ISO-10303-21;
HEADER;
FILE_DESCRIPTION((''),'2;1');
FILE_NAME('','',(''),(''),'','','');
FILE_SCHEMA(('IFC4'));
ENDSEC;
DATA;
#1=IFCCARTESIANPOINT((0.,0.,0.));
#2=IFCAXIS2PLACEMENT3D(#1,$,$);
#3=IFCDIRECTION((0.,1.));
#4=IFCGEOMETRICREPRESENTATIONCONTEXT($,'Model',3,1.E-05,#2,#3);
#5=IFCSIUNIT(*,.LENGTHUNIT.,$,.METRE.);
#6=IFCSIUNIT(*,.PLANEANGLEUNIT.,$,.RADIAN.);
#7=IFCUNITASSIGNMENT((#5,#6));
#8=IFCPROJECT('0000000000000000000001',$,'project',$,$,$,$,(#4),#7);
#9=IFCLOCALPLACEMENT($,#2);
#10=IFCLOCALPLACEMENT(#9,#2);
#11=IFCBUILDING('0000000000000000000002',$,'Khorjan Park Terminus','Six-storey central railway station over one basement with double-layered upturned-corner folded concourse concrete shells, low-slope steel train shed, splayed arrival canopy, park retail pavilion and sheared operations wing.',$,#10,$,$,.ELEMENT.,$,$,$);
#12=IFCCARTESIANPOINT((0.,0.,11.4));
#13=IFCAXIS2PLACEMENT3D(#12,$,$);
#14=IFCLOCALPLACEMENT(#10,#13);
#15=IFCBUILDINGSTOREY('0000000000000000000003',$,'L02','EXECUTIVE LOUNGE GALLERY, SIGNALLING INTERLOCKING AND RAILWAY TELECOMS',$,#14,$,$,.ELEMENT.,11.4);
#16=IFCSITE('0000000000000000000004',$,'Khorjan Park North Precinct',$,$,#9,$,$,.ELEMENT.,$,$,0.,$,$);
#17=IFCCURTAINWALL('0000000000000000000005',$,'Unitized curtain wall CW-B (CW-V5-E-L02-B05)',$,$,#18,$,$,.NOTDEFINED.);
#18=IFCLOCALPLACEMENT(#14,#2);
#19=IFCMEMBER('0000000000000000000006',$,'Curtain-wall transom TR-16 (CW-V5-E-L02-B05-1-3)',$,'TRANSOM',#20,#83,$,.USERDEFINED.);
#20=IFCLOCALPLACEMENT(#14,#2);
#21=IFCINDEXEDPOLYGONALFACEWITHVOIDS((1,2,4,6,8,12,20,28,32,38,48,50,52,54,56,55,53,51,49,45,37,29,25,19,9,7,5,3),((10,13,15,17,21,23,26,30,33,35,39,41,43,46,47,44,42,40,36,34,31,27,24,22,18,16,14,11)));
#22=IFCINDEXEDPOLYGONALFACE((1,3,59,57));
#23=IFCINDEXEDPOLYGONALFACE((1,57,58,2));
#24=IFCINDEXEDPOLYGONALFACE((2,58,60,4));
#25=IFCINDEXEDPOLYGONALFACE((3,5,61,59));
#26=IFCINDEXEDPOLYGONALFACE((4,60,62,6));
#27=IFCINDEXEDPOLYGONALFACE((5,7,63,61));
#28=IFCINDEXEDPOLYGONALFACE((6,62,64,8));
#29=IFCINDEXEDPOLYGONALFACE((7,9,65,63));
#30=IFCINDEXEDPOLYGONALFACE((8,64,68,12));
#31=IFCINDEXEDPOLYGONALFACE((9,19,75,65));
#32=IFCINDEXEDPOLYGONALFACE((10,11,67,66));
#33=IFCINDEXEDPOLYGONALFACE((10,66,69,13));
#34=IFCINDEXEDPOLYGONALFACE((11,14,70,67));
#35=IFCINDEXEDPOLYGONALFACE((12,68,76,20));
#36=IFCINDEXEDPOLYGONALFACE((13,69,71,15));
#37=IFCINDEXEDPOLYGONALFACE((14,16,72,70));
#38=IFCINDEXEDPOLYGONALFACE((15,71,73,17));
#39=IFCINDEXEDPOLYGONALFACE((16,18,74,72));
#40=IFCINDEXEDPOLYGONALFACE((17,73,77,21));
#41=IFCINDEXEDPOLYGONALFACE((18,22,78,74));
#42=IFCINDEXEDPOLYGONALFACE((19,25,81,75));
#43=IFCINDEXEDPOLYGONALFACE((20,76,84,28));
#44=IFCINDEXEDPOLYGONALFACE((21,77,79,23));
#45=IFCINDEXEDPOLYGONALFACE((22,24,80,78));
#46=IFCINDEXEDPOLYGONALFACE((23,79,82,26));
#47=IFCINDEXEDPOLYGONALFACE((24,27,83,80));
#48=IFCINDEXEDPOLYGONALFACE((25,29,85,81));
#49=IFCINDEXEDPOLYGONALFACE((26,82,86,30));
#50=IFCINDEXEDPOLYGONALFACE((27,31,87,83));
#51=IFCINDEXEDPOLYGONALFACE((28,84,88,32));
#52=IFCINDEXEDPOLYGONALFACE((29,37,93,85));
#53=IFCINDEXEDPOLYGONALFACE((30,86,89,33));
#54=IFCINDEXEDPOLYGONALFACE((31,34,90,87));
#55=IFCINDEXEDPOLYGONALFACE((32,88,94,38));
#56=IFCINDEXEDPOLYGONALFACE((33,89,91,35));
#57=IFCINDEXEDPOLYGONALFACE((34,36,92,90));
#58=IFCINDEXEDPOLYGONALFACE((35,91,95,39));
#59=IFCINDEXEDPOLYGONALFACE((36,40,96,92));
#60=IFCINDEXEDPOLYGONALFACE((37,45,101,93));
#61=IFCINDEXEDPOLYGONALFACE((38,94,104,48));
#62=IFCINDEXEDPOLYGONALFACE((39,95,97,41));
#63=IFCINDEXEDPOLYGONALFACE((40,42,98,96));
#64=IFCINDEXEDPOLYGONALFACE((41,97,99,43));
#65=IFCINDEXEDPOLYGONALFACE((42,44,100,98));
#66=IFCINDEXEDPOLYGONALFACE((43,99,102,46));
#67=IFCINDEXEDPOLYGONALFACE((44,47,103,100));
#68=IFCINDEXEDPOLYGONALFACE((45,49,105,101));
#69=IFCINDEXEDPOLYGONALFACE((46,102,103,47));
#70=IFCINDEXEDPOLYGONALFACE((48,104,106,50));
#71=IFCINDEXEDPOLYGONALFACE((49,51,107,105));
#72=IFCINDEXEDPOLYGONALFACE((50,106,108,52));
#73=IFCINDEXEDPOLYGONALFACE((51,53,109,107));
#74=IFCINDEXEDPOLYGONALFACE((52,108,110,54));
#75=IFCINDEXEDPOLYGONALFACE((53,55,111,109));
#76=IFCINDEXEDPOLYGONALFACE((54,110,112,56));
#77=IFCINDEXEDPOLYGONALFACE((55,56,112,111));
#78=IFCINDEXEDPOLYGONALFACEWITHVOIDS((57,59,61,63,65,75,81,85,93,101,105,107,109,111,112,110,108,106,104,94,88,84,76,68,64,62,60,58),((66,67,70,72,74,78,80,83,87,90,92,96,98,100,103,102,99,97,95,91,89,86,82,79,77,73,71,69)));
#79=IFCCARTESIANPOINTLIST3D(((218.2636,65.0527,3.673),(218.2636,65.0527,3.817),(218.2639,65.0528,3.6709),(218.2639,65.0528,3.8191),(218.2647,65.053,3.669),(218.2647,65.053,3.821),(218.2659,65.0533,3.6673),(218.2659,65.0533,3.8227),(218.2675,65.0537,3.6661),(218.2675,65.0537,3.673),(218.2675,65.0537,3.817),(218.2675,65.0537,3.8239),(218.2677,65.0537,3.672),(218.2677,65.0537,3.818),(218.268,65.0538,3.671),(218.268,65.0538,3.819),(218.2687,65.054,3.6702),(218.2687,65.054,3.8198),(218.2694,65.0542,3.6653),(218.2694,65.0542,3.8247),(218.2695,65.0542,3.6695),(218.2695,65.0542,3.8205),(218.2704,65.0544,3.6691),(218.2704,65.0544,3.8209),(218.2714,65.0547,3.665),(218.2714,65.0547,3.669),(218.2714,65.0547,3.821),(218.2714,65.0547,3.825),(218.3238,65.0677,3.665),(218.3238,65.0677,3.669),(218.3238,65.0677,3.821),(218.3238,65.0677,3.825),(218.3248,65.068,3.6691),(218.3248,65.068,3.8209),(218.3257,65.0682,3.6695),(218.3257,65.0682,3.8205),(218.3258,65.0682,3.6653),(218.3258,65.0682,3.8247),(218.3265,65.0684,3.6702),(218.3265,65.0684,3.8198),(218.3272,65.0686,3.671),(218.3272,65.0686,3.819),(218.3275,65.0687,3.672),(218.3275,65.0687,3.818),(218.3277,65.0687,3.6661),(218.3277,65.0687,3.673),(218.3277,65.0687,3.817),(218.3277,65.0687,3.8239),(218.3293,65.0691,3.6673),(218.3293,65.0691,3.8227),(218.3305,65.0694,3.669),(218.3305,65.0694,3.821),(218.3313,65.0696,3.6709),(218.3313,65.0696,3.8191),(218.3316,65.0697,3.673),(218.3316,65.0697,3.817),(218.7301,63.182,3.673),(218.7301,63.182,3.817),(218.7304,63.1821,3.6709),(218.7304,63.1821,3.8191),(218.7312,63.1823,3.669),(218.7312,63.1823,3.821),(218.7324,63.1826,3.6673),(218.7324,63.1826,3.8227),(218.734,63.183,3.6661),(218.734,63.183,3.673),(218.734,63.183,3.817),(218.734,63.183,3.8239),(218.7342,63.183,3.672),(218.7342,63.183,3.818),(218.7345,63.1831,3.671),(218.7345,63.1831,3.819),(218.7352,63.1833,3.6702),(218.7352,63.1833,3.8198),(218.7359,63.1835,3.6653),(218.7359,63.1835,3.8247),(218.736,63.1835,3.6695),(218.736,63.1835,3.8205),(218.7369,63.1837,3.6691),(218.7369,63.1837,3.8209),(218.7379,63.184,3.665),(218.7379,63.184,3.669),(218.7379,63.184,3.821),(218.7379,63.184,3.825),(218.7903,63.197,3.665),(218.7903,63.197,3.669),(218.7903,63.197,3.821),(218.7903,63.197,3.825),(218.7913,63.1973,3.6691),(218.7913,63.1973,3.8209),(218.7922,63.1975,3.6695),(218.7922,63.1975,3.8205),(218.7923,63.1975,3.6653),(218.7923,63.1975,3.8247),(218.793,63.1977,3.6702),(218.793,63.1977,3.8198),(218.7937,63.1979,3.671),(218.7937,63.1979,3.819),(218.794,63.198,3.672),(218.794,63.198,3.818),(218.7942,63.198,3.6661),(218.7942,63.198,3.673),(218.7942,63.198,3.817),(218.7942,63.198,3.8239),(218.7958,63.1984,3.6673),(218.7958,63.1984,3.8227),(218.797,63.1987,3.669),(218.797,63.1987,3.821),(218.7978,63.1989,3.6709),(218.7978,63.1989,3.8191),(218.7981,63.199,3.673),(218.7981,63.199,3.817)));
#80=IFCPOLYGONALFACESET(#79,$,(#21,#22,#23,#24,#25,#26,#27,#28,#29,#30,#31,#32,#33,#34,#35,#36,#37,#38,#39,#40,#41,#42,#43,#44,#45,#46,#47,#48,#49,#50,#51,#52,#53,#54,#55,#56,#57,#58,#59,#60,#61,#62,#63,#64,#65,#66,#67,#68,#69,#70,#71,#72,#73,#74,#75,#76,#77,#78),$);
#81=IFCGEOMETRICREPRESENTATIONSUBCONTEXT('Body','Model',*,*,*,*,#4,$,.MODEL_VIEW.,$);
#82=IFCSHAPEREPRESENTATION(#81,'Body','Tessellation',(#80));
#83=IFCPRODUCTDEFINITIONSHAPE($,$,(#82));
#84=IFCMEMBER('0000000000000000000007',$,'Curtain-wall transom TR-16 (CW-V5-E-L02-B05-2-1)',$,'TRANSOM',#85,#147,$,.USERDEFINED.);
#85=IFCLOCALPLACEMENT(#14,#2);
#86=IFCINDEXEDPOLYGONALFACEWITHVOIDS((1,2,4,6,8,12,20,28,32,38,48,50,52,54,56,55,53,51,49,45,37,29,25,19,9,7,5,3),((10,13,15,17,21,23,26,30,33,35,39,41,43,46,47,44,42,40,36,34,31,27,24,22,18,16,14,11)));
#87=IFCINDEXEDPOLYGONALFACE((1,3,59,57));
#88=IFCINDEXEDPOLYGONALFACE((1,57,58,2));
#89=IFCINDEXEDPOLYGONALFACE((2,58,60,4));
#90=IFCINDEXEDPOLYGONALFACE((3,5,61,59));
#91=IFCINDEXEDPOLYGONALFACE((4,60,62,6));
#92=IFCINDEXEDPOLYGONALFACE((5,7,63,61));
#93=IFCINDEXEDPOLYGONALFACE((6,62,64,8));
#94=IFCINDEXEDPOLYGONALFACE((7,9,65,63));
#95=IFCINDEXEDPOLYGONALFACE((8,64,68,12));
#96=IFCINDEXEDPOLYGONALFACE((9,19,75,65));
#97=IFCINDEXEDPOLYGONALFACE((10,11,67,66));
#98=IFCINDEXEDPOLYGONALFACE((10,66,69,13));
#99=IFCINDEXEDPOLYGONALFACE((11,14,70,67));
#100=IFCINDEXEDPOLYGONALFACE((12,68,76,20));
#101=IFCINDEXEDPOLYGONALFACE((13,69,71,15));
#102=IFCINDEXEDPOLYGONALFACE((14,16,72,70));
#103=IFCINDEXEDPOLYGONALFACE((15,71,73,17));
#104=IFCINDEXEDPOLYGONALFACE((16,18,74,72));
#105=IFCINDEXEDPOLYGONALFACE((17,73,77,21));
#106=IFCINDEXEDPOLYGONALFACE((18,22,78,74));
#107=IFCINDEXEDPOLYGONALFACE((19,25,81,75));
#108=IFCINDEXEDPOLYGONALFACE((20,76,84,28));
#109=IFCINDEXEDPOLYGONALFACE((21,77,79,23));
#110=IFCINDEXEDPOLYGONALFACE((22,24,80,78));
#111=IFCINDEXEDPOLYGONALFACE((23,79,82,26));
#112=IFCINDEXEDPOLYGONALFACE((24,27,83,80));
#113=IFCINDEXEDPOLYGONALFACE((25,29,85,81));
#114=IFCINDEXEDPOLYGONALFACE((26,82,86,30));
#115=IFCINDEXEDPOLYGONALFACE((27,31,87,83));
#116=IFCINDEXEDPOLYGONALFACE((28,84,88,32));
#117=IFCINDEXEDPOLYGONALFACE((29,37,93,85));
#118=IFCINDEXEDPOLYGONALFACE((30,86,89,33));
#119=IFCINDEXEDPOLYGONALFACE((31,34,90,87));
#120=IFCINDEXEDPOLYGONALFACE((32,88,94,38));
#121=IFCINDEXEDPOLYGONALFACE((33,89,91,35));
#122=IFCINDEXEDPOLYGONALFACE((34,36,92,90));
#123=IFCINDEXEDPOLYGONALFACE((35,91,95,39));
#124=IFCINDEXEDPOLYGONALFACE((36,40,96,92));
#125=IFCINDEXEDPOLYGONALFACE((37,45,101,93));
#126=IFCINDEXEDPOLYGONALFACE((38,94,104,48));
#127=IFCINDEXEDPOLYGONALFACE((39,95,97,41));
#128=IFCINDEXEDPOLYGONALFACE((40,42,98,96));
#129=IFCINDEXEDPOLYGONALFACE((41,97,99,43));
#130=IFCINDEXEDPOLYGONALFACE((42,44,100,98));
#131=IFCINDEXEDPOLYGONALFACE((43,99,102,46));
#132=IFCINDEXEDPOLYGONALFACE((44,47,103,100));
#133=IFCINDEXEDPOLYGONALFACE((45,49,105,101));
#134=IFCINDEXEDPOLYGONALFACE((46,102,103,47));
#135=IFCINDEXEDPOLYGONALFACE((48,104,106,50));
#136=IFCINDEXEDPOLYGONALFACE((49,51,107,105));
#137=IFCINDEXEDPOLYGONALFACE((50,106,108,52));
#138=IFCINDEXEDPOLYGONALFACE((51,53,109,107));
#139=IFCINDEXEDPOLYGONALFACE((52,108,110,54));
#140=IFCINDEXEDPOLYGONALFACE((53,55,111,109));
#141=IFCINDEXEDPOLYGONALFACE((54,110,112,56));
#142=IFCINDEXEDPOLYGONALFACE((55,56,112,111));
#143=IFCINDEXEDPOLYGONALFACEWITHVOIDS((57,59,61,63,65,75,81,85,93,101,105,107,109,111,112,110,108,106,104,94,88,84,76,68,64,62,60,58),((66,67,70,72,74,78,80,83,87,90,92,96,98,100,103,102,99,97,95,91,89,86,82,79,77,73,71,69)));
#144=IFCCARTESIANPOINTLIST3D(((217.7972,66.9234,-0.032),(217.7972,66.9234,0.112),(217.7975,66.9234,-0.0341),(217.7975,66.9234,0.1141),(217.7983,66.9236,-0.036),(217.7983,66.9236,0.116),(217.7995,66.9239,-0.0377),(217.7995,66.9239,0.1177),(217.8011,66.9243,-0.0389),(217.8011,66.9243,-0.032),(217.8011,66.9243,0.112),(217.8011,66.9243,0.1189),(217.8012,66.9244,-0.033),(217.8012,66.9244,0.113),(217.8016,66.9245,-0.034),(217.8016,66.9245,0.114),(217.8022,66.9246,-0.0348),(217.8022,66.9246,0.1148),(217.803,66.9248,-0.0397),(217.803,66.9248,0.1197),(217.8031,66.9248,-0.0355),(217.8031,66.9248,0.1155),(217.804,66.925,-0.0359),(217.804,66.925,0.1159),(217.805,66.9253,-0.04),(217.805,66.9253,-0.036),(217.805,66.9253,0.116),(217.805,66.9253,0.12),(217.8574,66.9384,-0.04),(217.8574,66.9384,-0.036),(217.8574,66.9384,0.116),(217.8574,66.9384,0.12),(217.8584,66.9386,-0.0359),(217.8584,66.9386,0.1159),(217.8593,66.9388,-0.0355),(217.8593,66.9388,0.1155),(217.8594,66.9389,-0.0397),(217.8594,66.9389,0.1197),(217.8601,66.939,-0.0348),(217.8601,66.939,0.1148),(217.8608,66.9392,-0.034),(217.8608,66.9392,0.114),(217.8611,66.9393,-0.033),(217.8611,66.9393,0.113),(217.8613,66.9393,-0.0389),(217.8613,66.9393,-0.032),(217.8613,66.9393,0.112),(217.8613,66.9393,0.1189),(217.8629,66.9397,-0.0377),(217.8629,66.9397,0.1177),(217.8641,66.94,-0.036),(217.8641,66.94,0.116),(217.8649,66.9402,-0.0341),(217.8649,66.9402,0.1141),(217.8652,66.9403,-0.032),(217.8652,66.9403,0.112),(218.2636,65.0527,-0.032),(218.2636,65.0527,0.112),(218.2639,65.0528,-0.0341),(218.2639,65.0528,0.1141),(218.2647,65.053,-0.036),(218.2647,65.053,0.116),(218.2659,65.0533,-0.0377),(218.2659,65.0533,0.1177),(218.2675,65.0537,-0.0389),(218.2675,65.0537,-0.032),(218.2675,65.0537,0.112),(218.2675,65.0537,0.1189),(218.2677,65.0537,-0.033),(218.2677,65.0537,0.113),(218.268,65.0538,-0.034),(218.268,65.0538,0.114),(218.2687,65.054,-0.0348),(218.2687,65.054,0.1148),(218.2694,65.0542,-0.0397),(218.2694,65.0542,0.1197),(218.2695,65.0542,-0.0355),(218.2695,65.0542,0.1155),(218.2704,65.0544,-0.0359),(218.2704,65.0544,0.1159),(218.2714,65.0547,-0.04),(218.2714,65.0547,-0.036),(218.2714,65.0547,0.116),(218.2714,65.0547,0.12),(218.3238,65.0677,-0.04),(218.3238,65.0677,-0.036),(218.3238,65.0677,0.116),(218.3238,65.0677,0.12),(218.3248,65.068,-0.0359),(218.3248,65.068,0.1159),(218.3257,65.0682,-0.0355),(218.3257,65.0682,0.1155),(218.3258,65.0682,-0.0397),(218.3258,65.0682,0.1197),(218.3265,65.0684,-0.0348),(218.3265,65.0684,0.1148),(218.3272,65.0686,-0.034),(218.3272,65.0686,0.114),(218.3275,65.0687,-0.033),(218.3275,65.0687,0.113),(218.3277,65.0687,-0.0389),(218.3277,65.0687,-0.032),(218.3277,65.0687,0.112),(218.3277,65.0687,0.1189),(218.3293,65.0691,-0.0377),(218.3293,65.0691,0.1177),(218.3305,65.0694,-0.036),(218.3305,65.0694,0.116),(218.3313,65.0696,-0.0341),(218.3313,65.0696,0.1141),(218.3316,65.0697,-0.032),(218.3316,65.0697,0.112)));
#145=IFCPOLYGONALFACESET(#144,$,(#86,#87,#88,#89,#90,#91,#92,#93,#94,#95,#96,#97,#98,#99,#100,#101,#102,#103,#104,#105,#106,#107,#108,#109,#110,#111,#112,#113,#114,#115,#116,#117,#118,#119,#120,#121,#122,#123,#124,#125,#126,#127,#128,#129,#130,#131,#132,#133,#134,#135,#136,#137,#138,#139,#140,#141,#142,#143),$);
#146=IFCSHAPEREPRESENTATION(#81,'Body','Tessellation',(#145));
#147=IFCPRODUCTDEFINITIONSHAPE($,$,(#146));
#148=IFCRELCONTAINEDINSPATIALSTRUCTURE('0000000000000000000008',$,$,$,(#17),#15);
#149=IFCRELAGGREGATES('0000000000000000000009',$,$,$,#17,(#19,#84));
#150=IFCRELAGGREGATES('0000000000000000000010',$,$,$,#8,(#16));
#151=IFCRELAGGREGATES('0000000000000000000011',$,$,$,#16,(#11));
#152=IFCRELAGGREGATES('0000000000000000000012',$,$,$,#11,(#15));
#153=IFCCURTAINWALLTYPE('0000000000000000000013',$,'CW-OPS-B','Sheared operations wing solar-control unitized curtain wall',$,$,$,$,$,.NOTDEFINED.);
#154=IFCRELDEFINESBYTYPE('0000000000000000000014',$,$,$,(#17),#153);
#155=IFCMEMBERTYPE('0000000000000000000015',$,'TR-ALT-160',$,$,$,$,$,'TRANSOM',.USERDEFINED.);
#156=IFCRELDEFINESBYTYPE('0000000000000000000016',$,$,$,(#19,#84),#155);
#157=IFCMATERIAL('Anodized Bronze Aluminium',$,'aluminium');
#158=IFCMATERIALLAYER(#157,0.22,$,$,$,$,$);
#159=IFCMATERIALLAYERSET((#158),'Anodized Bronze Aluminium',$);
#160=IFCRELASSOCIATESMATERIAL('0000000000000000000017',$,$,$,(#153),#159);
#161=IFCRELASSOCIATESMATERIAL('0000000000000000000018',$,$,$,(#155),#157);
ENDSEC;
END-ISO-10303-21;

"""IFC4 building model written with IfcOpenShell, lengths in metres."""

from ifc_helpers import new_model, si_unit, direction, frame, origin, origin_2d, place, context, subcontext, project, spatial, hollow_rectangle, extrude, material, layer, layer_set, material_profile, profile_set, type_object, element, aggregate, save


model = new_model("IFC4")

# Units and contexts
model_context = context("Model", 3, precision=1e-05, world=origin(), true_north=direction((0.0, 1.0)))
body_context = subcontext(model_context, "Body", "Model", "MODEL_VIEW")
ifc_project = project(units=[si_unit("LENGTHUNIT", "METRE"), si_unit("PLANEANGLEUNIT", "RADIAN")], contexts=[model_context])

# Site, building, storey
site_placement = place(None, origin())
site = spatial("IfcSite", under=ifc_project, at=site_placement, Name="Khorjan Park North Precinct", CompositionType="ELEMENT", RefElevation=0.0)
building_placement = place(site_placement, origin())
building = spatial("IfcBuilding", under=site, at=building_placement, Name="Khorjan Park Terminus", Description="Six-storey central railway station over one basement with double-layered upturned-corner folded concourse concrete shells, low-slope steel train shed, splayed arrival canopy, park retail pavilion and sheared operations wing.", CompositionType="ELEMENT")
storey_placement = place(building_placement, frame((0.0, 0.0, 11.4)))
storey = spatial("IfcBuildingStorey", under=building, at=storey_placement, Name="L02", Description="EXECUTIVE LOUNGE GALLERY, SIGNALLING INTERLOCKING AND RAILWAY TELECOMS", CompositionType="ELEMENT", Elevation=11.4)

# Curtain wall, members
ifc_material_1 = material(Name="Anodized Bronze Aluminium", Category="aluminium")
ifc_layer_1 = layer(ifc_material_1, 0.22)
ifc_layer_set_1 = layer_set([ifc_layer_1], Name="Anodized Bronze Aluminium")
curtain_wall_type = type_object("IfcCurtainWallType", Name="CW-OPS-B", Description="Sheared operations wing solar-control unitized curtain wall", PredefinedType="NOTDEFINED", material=ifc_layer_set_1)
curtain_wall_placement = place(storey_placement, origin())
curtain_wall = element("IfcCurtainWall", 1, at=curtain_wall_placement, inside=storey, type_object=curtain_wall_type, Name="Unitized curtain wall CW-B (CW-V5-E-L02-B05)", PredefinedType="NOTDEFINED")
ifc_material_profile_1 = material_profile(ifc_material_1, hollow_rectangle(XDim=0.07, YDim=0.16, WallThickness=0.004, InnerFilletRadius=0.004, OuterFilletRadius=0.008, at=origin_2d()), Name="ALT 70x160x4")
ifc_profile_set_1 = profile_set([ifc_material_profile_1], Name="Anodized Bronze Aluminium")
member_type_1 = type_object("IfcMemberType", Name="TR-ALT-160", ElementType="TRANSOM", PredefinedType="USERDEFINED", material=ifc_profile_set_1)
member_1_placement = place(storey_placement, frame((218.7641, 63.1905, 3.745), z_axis=(-0.241962, 0.970286, 0.0), x_axis=(-0.970286, -0.241962, 0.0)))
member_1 = element("IfcMember", 2, at=member_1_placement, type_object=member_type_1, Name="Curtain-wall transom TR-16 (CW-V5-E-L02-B05-1-3)", ObjectType="TRANSOM", PredefinedType="USERDEFINED", context=body_context, shape_type="SweptSolid", body=[
    extrude(hollow_rectangle(XDim=0.07, YDim=0.16, WallThickness=0.004, InnerFilletRadius=0.004, OuterFilletRadius=0.008, at=origin_2d()), origin(), (0.0, 0.0, 1.0), 1.928),
])
member_2_placement = place(storey_placement, frame((218.2976, 65.0612, 0.04), z_axis=(-0.241925, 0.970295, 0.0), x_axis=(-0.970295, -0.241925, 0.0)))
member_2 = element("IfcMember", 3, at=member_2_placement, type_object=member_type_1, Name="Curtain-wall transom TR-16 (CW-V5-E-L02-B05-2-1)", ObjectType="TRANSOM", PredefinedType="USERDEFINED", context=body_context, shape_type="SweptSolid", body=[
    extrude(hollow_rectangle(XDim=0.07, YDim=0.16, WallThickness=0.004, InnerFilletRadius=0.004, OuterFilletRadius=0.008, at=origin_2d()), origin(), (0.0, 0.0, 1.0), 1.9279),
])
aggregate(curtain_wall, [member_1, member_2])

save(model, "model.ifc")
